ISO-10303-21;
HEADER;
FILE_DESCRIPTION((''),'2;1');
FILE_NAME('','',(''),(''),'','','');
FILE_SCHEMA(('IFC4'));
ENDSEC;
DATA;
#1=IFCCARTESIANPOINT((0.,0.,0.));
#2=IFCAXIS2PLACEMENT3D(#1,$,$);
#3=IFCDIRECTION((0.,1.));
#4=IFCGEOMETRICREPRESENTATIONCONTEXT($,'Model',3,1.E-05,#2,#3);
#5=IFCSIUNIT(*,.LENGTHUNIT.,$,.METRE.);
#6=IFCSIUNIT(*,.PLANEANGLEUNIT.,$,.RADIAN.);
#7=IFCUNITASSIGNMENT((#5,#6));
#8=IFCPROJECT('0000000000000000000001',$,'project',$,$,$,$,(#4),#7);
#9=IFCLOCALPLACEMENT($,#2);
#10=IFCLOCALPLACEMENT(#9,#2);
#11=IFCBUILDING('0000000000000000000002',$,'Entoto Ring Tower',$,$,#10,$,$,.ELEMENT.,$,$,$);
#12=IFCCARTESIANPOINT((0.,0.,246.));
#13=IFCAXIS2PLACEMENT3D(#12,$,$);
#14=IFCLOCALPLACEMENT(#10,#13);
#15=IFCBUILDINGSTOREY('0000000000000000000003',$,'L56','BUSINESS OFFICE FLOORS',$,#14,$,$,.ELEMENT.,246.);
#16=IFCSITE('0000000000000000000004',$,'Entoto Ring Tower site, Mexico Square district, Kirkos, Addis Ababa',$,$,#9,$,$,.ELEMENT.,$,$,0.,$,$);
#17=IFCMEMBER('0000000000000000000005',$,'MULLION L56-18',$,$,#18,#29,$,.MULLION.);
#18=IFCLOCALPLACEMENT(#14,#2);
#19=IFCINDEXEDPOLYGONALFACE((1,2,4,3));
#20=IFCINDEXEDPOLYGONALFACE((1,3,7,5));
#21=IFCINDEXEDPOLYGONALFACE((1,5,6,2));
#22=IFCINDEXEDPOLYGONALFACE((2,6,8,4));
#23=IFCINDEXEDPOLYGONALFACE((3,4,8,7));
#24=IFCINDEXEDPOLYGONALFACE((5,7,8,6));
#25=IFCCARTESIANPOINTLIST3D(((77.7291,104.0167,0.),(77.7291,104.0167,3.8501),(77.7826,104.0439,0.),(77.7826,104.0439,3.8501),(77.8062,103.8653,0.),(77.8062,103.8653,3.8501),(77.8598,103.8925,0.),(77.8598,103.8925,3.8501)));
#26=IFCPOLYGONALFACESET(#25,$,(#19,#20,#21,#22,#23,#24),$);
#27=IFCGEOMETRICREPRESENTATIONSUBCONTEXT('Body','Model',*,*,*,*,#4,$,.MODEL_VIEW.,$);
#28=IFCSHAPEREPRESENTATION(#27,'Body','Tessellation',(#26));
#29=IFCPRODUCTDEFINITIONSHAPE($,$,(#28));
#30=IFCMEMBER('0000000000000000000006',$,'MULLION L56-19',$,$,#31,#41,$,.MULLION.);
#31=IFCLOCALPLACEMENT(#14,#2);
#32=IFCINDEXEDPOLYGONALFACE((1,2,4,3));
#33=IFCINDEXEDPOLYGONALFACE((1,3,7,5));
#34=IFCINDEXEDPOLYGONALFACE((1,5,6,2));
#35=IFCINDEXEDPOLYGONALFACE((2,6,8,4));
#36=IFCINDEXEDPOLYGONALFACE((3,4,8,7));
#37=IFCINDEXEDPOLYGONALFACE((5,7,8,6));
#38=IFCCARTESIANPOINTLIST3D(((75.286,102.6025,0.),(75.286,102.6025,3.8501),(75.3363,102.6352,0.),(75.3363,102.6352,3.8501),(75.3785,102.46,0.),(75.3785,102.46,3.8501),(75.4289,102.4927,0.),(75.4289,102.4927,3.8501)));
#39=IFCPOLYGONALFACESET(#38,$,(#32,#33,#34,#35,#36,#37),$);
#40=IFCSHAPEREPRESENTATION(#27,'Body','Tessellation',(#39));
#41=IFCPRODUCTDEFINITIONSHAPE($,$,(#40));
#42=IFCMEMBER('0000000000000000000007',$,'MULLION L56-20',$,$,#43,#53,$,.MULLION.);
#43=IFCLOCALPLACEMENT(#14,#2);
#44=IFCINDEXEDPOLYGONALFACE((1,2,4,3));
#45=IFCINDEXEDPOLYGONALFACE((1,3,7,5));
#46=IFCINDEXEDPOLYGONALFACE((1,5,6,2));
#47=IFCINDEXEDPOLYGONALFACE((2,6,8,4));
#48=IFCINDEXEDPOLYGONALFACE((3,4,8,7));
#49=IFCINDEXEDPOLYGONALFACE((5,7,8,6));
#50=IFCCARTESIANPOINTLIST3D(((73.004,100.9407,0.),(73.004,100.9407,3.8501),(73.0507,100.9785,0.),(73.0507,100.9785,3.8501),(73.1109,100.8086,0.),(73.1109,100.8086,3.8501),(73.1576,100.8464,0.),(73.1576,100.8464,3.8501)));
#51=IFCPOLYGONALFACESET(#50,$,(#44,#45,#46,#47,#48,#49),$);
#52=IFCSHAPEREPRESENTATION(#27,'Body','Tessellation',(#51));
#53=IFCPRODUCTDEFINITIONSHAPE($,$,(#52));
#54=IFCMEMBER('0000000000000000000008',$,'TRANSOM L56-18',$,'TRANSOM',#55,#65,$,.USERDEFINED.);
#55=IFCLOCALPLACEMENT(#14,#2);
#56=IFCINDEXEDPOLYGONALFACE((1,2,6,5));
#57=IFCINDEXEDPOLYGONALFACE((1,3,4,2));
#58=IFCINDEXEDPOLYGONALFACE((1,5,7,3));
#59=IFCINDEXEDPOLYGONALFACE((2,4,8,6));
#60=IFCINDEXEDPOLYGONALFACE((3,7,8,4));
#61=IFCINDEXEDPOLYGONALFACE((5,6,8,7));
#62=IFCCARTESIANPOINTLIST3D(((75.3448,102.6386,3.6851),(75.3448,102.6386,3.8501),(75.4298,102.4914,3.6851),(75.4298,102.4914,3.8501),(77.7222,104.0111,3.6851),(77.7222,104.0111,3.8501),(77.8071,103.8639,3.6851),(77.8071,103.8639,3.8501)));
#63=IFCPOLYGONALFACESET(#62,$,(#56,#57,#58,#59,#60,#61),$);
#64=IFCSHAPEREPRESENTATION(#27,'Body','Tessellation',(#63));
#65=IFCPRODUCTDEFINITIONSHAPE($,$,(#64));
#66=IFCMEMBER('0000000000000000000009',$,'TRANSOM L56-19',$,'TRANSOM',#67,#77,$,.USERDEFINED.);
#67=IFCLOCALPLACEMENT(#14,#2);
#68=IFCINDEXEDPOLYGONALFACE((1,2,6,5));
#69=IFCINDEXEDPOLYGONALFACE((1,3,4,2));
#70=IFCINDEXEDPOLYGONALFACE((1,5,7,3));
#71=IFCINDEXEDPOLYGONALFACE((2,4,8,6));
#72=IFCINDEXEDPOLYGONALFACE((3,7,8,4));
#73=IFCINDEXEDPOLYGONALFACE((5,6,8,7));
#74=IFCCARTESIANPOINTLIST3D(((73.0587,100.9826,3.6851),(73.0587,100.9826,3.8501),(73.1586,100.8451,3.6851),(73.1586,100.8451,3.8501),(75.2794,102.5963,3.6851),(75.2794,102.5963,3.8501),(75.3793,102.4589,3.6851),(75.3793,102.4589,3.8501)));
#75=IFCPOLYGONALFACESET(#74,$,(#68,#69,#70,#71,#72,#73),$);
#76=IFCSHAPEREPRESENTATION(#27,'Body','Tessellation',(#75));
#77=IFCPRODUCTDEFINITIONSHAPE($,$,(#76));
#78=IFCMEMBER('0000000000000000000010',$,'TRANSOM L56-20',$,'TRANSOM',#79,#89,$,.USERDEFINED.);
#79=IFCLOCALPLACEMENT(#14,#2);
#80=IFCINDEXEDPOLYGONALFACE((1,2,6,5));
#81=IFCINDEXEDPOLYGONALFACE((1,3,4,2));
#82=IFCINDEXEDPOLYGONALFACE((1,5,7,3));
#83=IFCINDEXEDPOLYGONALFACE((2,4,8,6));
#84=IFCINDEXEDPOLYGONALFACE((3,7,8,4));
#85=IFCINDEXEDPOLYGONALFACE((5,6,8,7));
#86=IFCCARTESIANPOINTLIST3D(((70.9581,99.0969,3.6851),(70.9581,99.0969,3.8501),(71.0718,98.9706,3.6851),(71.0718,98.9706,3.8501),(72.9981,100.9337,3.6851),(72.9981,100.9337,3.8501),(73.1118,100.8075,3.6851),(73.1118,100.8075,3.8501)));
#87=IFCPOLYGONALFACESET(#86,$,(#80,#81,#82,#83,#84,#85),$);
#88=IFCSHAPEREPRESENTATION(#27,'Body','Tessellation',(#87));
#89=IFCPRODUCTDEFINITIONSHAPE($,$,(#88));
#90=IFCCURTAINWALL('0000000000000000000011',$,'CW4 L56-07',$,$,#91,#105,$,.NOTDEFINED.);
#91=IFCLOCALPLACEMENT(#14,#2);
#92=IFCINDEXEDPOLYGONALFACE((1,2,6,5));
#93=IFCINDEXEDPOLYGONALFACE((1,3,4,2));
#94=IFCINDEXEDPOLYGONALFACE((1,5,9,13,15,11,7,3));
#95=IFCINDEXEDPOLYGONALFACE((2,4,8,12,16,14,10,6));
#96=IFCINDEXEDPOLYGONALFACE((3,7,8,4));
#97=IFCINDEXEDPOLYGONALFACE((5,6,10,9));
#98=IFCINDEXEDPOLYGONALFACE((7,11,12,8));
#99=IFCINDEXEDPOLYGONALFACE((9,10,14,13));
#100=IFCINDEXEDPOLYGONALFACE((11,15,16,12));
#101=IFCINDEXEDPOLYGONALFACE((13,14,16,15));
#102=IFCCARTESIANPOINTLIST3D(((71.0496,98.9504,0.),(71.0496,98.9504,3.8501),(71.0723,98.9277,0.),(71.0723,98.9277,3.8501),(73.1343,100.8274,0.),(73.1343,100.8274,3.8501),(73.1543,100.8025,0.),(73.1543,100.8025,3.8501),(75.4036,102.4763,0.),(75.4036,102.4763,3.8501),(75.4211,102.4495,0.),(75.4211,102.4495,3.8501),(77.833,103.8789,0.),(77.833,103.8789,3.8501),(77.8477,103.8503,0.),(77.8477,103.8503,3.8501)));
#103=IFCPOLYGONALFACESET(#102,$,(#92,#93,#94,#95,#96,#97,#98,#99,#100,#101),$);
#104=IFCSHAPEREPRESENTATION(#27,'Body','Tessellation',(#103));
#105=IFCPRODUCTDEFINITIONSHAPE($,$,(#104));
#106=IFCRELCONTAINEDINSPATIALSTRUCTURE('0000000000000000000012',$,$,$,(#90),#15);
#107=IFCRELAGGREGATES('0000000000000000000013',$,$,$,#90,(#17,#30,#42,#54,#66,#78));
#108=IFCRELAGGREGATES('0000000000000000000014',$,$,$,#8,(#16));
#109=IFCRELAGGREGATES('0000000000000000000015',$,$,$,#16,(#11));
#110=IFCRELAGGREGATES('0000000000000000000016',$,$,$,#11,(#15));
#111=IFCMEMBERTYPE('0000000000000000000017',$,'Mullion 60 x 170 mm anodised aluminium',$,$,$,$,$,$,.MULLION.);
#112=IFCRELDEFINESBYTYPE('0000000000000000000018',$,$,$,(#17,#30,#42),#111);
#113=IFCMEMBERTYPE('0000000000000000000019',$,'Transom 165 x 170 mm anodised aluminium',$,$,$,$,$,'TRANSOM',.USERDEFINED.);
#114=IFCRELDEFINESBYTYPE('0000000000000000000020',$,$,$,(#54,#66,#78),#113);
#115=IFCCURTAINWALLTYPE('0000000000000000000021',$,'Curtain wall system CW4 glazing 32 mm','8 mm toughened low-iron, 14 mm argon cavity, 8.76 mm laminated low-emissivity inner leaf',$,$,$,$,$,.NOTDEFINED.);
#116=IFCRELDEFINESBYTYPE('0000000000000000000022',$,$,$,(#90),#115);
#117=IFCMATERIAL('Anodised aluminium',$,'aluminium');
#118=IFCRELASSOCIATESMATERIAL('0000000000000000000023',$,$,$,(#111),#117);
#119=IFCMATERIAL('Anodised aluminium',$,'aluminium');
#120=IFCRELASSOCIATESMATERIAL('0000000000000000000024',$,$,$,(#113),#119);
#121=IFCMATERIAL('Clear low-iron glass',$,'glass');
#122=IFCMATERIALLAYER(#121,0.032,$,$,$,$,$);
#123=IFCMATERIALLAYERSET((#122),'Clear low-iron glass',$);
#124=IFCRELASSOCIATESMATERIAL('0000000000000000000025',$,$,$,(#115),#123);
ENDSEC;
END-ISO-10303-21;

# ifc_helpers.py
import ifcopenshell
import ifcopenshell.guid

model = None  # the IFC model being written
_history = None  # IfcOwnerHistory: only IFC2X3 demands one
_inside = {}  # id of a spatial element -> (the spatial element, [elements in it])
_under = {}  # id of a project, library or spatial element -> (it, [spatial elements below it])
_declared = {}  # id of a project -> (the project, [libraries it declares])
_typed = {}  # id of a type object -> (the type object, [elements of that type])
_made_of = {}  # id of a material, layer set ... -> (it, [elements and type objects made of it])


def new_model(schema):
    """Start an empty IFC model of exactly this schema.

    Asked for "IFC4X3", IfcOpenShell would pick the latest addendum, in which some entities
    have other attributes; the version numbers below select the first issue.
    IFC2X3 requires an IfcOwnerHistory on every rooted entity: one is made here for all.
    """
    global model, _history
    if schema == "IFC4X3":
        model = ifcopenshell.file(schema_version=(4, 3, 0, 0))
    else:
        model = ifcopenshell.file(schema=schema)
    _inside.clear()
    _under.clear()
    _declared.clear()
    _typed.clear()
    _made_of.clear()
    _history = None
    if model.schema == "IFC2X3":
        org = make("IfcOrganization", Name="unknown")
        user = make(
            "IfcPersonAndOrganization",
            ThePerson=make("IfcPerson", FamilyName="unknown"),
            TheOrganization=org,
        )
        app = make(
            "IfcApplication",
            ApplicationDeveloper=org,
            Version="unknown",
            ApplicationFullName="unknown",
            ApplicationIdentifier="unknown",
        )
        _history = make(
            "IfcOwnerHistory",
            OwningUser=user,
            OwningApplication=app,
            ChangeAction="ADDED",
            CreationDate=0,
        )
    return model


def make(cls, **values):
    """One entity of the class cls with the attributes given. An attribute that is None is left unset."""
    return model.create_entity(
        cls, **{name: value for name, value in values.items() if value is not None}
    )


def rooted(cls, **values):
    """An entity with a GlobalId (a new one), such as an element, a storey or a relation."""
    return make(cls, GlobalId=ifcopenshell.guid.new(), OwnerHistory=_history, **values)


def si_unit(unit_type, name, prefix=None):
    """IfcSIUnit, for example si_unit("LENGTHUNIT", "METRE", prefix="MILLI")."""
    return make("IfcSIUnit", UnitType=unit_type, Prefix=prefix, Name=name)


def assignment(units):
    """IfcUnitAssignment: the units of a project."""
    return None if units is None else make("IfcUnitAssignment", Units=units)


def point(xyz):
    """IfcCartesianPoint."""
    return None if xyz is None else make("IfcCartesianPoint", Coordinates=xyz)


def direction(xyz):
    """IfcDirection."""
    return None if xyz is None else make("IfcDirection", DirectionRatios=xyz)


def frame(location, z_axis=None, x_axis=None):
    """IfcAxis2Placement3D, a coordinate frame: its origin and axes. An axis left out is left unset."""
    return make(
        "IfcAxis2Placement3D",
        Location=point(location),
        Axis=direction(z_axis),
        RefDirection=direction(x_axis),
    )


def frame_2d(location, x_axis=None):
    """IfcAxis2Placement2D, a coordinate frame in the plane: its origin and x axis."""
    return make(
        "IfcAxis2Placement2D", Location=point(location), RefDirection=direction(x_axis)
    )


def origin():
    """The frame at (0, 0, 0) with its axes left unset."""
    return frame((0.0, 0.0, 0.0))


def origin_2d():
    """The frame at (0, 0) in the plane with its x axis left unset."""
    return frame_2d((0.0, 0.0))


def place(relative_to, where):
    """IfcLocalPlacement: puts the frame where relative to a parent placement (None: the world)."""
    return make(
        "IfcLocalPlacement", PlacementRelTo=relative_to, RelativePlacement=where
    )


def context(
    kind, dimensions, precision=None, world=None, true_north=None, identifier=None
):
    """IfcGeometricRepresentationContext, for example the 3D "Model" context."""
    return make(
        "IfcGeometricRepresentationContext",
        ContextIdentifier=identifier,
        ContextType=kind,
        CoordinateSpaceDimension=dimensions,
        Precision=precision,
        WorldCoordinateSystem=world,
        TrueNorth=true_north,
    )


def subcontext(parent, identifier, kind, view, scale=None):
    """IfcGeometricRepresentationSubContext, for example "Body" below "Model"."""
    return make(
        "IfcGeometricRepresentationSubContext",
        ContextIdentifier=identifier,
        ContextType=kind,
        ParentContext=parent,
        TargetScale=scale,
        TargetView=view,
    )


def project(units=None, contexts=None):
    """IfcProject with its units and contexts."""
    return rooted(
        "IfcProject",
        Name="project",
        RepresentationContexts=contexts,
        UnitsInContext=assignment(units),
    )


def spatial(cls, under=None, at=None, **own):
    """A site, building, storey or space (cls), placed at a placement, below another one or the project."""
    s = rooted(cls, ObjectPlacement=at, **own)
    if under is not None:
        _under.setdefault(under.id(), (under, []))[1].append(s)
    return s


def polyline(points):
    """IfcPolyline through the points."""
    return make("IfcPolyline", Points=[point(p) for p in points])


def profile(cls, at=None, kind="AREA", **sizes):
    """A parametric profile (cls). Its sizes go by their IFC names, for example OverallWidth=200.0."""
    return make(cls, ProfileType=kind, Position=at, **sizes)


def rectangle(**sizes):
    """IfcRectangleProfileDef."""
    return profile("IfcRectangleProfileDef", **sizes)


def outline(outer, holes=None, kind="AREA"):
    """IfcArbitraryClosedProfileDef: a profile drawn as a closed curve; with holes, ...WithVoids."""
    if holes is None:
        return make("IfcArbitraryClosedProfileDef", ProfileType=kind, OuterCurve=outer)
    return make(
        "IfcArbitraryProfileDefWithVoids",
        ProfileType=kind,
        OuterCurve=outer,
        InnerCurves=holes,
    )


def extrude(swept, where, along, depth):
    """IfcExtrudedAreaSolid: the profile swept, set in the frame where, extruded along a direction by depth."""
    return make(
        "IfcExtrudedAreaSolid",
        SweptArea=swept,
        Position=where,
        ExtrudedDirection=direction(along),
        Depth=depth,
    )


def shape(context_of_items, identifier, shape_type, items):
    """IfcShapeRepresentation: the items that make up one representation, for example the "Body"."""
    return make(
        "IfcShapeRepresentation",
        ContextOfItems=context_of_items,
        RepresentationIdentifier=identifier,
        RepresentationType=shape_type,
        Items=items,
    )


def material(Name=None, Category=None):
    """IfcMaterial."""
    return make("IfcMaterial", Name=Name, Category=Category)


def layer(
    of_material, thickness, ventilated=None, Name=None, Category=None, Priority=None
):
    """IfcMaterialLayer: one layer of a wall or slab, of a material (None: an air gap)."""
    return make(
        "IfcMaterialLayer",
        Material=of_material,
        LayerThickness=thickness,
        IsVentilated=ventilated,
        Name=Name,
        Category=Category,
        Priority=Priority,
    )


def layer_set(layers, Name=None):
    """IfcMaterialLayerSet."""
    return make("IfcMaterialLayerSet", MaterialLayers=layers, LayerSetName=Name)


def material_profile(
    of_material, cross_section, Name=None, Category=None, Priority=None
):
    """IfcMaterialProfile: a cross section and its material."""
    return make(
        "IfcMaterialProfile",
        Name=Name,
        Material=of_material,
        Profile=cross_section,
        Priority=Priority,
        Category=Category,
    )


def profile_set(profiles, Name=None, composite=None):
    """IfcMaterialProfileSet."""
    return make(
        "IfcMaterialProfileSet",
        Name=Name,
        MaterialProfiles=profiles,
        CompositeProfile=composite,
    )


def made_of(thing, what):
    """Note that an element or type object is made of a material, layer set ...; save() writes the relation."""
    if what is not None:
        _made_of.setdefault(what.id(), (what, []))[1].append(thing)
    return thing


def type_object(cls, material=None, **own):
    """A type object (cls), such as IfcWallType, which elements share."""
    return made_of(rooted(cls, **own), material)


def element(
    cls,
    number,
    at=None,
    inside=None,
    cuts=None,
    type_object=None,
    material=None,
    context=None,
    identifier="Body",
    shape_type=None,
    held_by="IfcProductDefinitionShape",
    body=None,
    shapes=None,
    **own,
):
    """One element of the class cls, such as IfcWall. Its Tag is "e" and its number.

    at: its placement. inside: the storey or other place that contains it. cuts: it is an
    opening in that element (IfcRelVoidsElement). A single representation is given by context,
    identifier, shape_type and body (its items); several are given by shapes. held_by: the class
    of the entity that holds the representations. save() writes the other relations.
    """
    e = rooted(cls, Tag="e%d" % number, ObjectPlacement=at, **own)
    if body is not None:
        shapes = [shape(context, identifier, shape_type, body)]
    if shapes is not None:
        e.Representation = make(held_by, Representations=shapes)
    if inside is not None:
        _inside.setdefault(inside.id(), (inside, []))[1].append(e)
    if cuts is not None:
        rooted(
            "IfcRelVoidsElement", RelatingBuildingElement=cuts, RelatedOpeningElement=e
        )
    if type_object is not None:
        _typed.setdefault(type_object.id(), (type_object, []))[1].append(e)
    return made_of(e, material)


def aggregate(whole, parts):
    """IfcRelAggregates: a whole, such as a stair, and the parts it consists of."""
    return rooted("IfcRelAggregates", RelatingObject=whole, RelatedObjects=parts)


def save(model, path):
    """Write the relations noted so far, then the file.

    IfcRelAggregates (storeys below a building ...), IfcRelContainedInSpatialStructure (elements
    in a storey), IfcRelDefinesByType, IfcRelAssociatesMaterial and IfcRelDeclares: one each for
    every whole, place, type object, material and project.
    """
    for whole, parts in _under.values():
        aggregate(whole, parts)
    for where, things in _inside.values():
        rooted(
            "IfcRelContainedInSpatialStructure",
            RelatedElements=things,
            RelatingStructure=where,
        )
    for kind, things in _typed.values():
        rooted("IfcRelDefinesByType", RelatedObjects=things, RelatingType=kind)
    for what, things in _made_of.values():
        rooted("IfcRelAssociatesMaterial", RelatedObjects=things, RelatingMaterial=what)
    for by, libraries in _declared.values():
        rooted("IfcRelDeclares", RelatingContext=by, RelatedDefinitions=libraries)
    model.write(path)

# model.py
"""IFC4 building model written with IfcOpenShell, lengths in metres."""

from ifc_helpers import new_model, si_unit, direction, frame, origin, origin_2d, place, context, subcontext, project, spatial, polyline, rectangle, outline, extrude, material, layer, layer_set, material_profile, profile_set, type_object, element, aggregate, save


model = new_model("IFC4")

# Units and contexts
model_context = context("Model", 3, precision=1e-05, world=origin(), true_north=direction((0.0, 1.0)))
body_context = subcontext(model_context, "Body", "Model", "MODEL_VIEW")
ifc_project = project(units=[si_unit("LENGTHUNIT", "METRE"), si_unit("PLANEANGLEUNIT", "RADIAN")], contexts=[model_context])

# Members
ifc_material_1 = material(Name="Anodised aluminium", Category="aluminium")
ifc_material_profile_1 = material_profile(ifc_material_1, rectangle(XDim=0.0601, YDim=0.1699, at=origin_2d()), Name="Mullion 60 x 170 mm anodised aluminium")
ifc_profile_set_1 = profile_set([ifc_material_profile_1], Name="Anodised aluminium")
member_type_1 = type_object("IfcMemberType", Name="Mullion 60 x 170 mm anodised aluminium", PredefinedType="MULLION", material=ifc_profile_set_1)
site_placement = place(None, origin())
building_placement = place(site_placement, origin())
storey_placement = place(building_placement, frame((0.0, 0.0, 246.0)))
member_1_placement = place(storey_placement, frame((77.7944, 103.9546, 0.0), z_axis=(0.0, 0.0, 1.0), x_axis=(-0.891007, -0.45399, 0.0)))
member_1 = element("IfcMember", 1, at=member_1_placement, type_object=member_type_1, Name="MULLION L56-18", PredefinedType="MULLION", context=body_context, shape_type="SweptSolid", body=[
    extrude(rectangle(XDim=0.0601, YDim=0.1699, at=origin_2d()), origin(), (0.0, 0.0, 1.0), 3.8501),
])
member_2_placement = place(storey_placement, frame((75.3574, 102.5476, 0.0), z_axis=(0.0, 0.0, 1.0), x_axis=(-0.838671, -0.544639, 0.0)))
member_2 = element("IfcMember", 2, at=member_2_placement, type_object=member_type_1, Name="MULLION L56-19", PredefinedType="MULLION", context=body_context, shape_type="SweptSolid", body=[
    extrude(rectangle(XDim=0.0601, YDim=0.1699, at=origin_2d()), origin(), (0.0, 0.0, 1.0), 3.8501),
])
member_3_placement = place(storey_placement, frame((73.0808, 100.8936, 0.0), z_axis=(0.0, 0.0, 1.0), x_axis=(-0.777146, -0.62932, 0.0)))
member_3 = element("IfcMember", 3, at=member_3_placement, type_object=member_type_1, Name="MULLION L56-20", PredefinedType="MULLION", context=body_context, shape_type="SweptSolid", body=[
    extrude(rectangle(XDim=0.0601, YDim=0.1699, at=origin_2d()), origin(), (0.0, 0.0, 1.0), 3.8501),
])
ifc_material_2 = material(Name="Anodised aluminium", Category="aluminium")
ifc_material_profile_2 = material_profile(ifc_material_2, rectangle(XDim=0.1699, YDim=0.165, at=origin_2d()), Name="Transom 165 x 170 mm anodised aluminium")
ifc_profile_set_2 = profile_set([ifc_material_profile_2], Name="Anodised aluminium")
member_type_2 = type_object("IfcMemberType", Name="Transom 165 x 170 mm anodised aluminium", ElementType="TRANSOM", PredefinedType="USERDEFINED", material=ifc_profile_set_2)
member_4_placement = place(storey_placement, frame((77.7646, 103.9375, 3.7676), z_axis=(-0.866035, -0.499984, 0.0), x_axis=(0.499984, -0.866035, 0.0)))
member_4 = element("IfcMember", 4, at=member_4_placement, type_object=member_type_2, Name="TRANSOM L56-18", ObjectType="TRANSOM", PredefinedType="USERDEFINED", context=body_context, shape_type="SweptSolid", body=[
    extrude(rectangle(XDim=0.1699, YDim=0.165, at=origin_2d()), origin(), (0.0, 0.0, 1.0), 2.7451),
])
member_5_placement = place(storey_placement, frame((75.3293, 102.5276, 3.7676), z_axis=(-0.808959, -0.587865, 0.0), x_axis=(0.587865, -0.808959, 0.0)))
member_5 = element("IfcMember", 5, at=member_5_placement, type_object=member_type_2, Name="TRANSOM L56-19", ObjectType="TRANSOM", PredefinedType="USERDEFINED", context=body_context, shape_type="SweptSolid", body=[
    extrude(rectangle(XDim=0.1699, YDim=0.165, at=origin_2d()), origin(), (0.0, 0.0, 1.0), 2.7451),
])
member_6_placement = place(storey_placement, frame((73.0549, 100.8706, 3.7676), z_axis=(-0.743135, -0.669142, 0.0), x_axis=(0.669142, -0.743135, 0.0)))
member_6 = element("IfcMember", 6, at=member_6_placement, type_object=member_type_2, Name="TRANSOM L56-20", ObjectType="TRANSOM", PredefinedType="USERDEFINED", context=body_context, shape_type="SweptSolid", body=[
    extrude(rectangle(XDim=0.1699, YDim=0.165, at=origin_2d()), origin(), (0.0, 0.0, 1.0), 2.7451),
])

# Site, building, storey
site = spatial("IfcSite", under=ifc_project, at=site_placement, Name="Entoto Ring Tower site, Mexico Square district, Kirkos, Addis Ababa", CompositionType="ELEMENT", RefElevation=0.0)
building = spatial("IfcBuilding", under=site, at=building_placement, Name="Entoto Ring Tower", CompositionType="ELEMENT")
storey = spatial("IfcBuildingStorey", under=building, at=storey_placement, Name="L56", Description="BUSINESS OFFICE FLOORS", CompositionType="ELEMENT", Elevation=246.0)

# Curtain wall
ifc_material_3 = material(Name="Clear low-iron glass", Category="glass")
ifc_layer = layer(ifc_material_3, 0.032)
ifc_layer_set = layer_set([ifc_layer], Name="Clear low-iron glass")
curtain_wall_type = type_object("IfcCurtainWallType", Name="Curtain wall system CW4 glazing 32 mm", Description="8 mm toughened low-iron, 14 mm argon cavity, 8.76 mm laminated low-emissivity inner leaf", PredefinedType="NOTDEFINED", material=ifc_layer_set)
curtain_wall_1_placement = place(storey_placement, origin())
curtain_wall_1 = element("IfcCurtainWall", 7, at=curtain_wall_1_placement, inside=storey, type_object=curtain_wall_type, Name="CW4 L56-07", PredefinedType="NOTDEFINED", context=body_context, shape_type="SweptSolid", body=[
    extrude(outline(polyline([(77.833, 103.8789), (75.4036, 102.4763), (73.1343, 100.8274), (71.0496, 98.9504), (71.0723, 98.9277), (73.1543, 100.8025), (75.4211, 102.4495), (77.8477, 103.8503), (77.833, 103.8789)])), origin(), (0.0, 0.0, 1.0), 3.8501),
])
aggregate(curtain_wall_1, [member_1, member_2, member_3, member_4, member_5, member_6])

save(model, "model.ifc")
